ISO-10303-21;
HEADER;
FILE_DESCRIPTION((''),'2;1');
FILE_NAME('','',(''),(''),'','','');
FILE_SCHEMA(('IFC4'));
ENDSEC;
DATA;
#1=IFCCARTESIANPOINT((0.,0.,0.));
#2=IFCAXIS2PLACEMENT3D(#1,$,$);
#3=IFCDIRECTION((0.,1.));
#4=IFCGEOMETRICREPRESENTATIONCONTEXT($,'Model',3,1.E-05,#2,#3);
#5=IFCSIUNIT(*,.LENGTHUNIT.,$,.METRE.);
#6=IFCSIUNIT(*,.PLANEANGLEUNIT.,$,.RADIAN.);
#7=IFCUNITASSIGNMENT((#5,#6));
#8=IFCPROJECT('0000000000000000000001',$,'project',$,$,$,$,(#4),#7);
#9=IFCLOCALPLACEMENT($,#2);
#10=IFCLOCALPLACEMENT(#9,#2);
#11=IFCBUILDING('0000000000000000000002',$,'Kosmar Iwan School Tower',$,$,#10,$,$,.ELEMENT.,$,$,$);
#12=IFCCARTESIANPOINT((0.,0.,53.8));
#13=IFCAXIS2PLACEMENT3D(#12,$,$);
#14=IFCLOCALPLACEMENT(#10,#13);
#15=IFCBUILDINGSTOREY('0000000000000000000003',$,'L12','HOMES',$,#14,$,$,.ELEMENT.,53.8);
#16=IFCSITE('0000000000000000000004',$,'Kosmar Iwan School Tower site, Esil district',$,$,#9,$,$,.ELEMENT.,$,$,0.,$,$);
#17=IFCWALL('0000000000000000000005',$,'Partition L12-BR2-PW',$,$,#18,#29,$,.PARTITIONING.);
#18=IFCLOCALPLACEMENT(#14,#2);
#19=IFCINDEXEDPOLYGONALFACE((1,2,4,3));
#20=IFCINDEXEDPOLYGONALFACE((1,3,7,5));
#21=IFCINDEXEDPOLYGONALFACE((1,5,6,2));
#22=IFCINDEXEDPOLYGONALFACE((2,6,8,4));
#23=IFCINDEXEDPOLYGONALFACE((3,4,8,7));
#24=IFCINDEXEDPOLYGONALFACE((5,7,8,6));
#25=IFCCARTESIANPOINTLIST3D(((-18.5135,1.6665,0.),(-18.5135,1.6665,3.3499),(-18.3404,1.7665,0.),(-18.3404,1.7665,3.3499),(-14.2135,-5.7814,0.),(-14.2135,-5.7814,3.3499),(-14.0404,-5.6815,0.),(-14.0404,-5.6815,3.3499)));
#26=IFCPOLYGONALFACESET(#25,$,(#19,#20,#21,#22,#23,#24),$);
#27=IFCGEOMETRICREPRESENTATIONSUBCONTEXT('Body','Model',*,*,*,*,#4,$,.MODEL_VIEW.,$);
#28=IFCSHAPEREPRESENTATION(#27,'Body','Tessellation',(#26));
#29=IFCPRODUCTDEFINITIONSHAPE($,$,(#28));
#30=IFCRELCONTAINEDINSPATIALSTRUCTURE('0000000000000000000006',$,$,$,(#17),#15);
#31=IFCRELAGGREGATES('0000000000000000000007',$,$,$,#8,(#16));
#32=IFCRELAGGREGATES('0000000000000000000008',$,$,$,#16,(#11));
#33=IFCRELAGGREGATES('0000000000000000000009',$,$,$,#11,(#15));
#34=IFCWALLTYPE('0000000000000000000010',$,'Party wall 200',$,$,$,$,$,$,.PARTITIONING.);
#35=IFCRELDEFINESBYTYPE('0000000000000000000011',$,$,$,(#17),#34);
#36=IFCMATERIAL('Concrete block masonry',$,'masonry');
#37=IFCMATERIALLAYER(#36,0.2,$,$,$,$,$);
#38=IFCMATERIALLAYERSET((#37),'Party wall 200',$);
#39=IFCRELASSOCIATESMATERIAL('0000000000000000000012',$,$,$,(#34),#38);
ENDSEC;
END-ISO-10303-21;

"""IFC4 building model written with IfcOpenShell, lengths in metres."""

from ifc_helpers import new_model, si_unit, direction, frame, frame_2d, origin, place, context, subcontext, project, spatial, rectangle, extrude, material, layer, layer_set, type_object, element, save


model = new_model("IFC4")

# Units and contexts
model_context = context("Model", 3, precision=1e-05, world=origin(), true_north=direction((0.0, 1.0)))
body_context = subcontext(model_context, "Body", "Model", "MODEL_VIEW")
ifc_project = project(units=[si_unit("LENGTHUNIT", "METRE"), si_unit("PLANEANGLEUNIT", "RADIAN")], contexts=[model_context])

# Site, building, storey
site_placement = place(None, origin())
site = spatial("IfcSite", under=ifc_project, at=site_placement, Name="Kosmar Iwan School Tower site, Esil district", CompositionType="ELEMENT", RefElevation=0.0)
building_placement = place(site_placement, origin())
building = spatial("IfcBuilding", under=site, at=building_placement, Name="Kosmar Iwan School Tower", CompositionType="ELEMENT")
storey_placement = place(building_placement, frame((0.0, 0.0, 53.8)))
storey = spatial("IfcBuildingStorey", under=building, at=storey_placement, Name="L12", Description="HOMES", CompositionType="ELEMENT", Elevation=53.8)

# Wall
ifc_material_1 = material(Name="Concrete block masonry", Category="masonry")
ifc_layer_1 = layer(ifc_material_1, 0.2)
ifc_layer_set_1 = layer_set([ifc_layer_1], Name="Party wall 200")
wall_type_1 = type_object("IfcWallType", Name="Party wall 200", PredefinedType="PARTITIONING", material=ifc_layer_set_1)
wall_1_placement = place(storey_placement, frame((-14.127, -5.7314, 0.0), z_axis=(0.0, 0.0, 1.0), x_axis=(-0.499995, 0.866028, 0.0)))
element("IfcWall", 1, at=wall_1_placement, inside=storey, type_object=wall_type_1, Name="Partition L12-BR2-PW", PredefinedType="PARTITIONING", context=body_context, shape_type="SweptSolid", body=[
    extrude(rectangle(XDim=8.6001, YDim=0.2, at=frame_2d((4.3, 0.0))), origin(), (0.0, 0.0, 1.0), 3.3499),
])

save(model, "model.ifc")
